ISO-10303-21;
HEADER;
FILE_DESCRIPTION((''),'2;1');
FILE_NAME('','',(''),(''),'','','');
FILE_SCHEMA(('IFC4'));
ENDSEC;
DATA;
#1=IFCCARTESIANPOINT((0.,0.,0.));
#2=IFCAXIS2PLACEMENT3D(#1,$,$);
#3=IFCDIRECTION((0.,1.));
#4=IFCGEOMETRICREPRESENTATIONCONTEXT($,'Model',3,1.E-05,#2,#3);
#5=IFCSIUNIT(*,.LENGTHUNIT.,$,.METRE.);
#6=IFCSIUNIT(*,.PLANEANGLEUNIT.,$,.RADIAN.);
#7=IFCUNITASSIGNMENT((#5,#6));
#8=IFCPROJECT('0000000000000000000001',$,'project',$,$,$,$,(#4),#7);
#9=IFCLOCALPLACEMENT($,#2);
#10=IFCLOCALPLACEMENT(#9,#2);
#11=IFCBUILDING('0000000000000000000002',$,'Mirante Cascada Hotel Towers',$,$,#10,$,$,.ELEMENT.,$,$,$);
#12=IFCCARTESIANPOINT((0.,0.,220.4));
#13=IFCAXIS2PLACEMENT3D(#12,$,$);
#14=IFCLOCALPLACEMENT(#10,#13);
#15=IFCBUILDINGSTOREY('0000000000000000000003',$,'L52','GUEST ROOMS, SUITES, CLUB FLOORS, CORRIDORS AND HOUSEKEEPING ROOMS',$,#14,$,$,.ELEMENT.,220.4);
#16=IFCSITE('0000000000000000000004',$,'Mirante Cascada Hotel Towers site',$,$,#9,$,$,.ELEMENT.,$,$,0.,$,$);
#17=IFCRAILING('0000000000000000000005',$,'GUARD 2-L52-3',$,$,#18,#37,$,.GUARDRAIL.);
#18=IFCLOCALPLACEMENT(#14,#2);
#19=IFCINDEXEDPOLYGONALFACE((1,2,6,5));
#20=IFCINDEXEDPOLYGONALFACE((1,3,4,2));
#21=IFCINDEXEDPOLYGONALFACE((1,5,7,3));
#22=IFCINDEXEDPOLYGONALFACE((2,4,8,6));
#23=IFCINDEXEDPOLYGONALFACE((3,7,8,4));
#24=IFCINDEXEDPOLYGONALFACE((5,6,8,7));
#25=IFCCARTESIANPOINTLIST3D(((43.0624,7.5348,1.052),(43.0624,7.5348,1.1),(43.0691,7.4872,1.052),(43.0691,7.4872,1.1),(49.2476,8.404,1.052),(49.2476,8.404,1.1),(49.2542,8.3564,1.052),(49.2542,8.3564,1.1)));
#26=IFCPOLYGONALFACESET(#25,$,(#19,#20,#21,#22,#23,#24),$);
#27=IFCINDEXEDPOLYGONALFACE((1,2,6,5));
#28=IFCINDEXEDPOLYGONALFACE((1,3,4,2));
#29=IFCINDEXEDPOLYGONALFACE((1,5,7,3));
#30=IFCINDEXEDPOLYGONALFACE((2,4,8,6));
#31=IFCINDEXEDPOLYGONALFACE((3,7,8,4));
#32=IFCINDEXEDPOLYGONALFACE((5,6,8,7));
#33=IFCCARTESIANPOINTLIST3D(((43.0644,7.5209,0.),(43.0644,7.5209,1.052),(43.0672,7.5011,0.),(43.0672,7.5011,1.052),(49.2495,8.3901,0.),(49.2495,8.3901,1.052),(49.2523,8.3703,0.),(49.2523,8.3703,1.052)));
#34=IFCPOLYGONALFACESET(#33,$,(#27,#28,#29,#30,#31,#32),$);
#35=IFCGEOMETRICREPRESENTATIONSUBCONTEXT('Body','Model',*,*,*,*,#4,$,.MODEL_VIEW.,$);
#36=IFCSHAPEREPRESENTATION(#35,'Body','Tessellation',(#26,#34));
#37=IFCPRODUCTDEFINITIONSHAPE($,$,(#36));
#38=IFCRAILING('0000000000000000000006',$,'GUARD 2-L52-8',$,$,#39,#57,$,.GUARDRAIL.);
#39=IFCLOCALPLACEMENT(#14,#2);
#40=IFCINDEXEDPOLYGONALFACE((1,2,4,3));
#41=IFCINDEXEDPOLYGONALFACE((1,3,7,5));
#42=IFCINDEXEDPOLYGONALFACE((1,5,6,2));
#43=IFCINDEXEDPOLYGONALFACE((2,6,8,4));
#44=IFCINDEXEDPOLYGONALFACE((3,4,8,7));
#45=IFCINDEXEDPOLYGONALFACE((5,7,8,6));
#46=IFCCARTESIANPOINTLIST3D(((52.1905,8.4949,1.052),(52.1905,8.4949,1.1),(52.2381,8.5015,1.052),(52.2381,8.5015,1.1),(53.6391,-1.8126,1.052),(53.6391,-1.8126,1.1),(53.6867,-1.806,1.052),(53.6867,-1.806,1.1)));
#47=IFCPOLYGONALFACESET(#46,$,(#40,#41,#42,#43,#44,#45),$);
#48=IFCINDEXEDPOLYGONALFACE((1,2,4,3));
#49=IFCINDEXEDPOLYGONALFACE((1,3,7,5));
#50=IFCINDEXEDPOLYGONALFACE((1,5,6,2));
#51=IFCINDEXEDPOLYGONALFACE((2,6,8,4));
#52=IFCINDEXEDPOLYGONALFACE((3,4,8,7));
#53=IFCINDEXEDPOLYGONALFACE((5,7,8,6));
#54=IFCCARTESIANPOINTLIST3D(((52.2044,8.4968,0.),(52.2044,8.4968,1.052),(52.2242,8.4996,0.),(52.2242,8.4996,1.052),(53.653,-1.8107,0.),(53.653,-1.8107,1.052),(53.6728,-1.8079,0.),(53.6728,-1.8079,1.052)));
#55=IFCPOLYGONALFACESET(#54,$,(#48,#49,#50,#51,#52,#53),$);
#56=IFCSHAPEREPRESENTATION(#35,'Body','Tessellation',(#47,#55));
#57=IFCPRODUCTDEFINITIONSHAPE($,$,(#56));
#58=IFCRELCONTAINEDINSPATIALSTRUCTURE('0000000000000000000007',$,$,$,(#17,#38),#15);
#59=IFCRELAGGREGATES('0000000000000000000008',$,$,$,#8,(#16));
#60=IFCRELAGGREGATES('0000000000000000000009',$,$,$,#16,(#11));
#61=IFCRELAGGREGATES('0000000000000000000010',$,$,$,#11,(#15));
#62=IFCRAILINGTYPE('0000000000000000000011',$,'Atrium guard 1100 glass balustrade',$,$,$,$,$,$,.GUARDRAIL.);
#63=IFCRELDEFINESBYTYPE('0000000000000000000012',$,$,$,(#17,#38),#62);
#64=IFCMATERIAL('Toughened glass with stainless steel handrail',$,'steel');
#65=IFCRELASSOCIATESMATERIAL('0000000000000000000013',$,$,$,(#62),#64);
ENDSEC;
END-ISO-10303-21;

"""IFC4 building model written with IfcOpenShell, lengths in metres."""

from ifc_helpers import new_model, si_unit, direction, frame, origin, origin_2d, place, context, subcontext, project, spatial, rectangle, extrude, material, type_object, element, save


model = new_model("IFC4")

# Units and contexts
model_context = context("Model", 3, precision=1e-05, world=origin(), true_north=direction((0.0, 1.0)))
body_context = subcontext(model_context, "Body", "Model", "MODEL_VIEW")
ifc_project = project(units=[si_unit("LENGTHUNIT", "METRE"), si_unit("PLANEANGLEUNIT", "RADIAN")], contexts=[model_context])

# Site, building, storey
site_placement = place(None, origin())
site = spatial("IfcSite", under=ifc_project, at=site_placement, Name="Mirante Cascada Hotel Towers site", CompositionType="ELEMENT", RefElevation=0.0)
building_placement = place(site_placement, origin())
building = spatial("IfcBuilding", under=site, at=building_placement, Name="Mirante Cascada Hotel Towers", CompositionType="ELEMENT")
storey_placement = place(building_placement, frame((0.0, 0.0, 220.4)))
storey = spatial("IfcBuildingStorey", under=building, at=storey_placement, Name="L52", Description="GUEST ROOMS, SUITES, CLUB FLOORS, CORRIDORS AND HOUSEKEEPING ROOMS", CompositionType="ELEMENT", Elevation=220.4)

# Railings
ifc_material_1 = material(Name="Toughened glass with stainless steel handrail", Category="steel")
railing_type = type_object("IfcRailingType", Name="Atrium guard 1100 glass balustrade", PredefinedType="GUARDRAIL", material=ifc_material_1)
railing_1_placement = place(storey_placement, frame((49.2509, 8.3802, 0.0)))
element("IfcRailing", 1, at=railing_1_placement, inside=storey, type_object=railing_type, Name="GUARD 2-L52-3", PredefinedType="GUARDRAIL", context=body_context, shape_type="SweptSolid", body=[
    extrude(rectangle(XDim=0.048, YDim=0.048, at=origin_2d()), frame((0.0, 0.0, 1.076), z_axis=(-0.990269, -0.139164, 0.0), x_axis=(0.139164, -0.990269, 0.0)), (0.0, 0.0, 1.0), 6.2459),
    extrude(rectangle(XDim=0.02, YDim=1.052, at=origin_2d()), frame((0.0, 0.0, 0.526), z_axis=(-0.990269, -0.139164, 0.0), x_axis=(0.139164, -0.990269, 0.0)), (0.0, 0.0, 1.0), 6.2459),
])
railing_2_placement = place(storey_placement, frame((52.2143, 8.4982, 0.0)))
element("IfcRailing", 2, at=railing_2_placement, inside=storey, type_object=railing_type, Name="GUARD 2-L52-8", PredefinedType="GUARDRAIL", context=body_context, shape_type="SweptSolid", body=[
    extrude(rectangle(XDim=0.048, YDim=0.048, at=origin_2d()), frame((0.0, 0.0, 1.076), z_axis=(0.139171, -0.990268, 0.0), x_axis=(0.990268, 0.139171, 0.0)), (0.0, 0.0, 1.0), 10.4088),
    extrude(rectangle(XDim=0.02, YDim=1.052, at=origin_2d()), frame((0.0, 0.0, 0.526), z_axis=(0.139171, -0.990268, 0.0), x_axis=(0.990268, 0.139171, 0.0)), (0.0, 0.0, 1.0), 10.4088),
])

save(model, "model.ifc")
